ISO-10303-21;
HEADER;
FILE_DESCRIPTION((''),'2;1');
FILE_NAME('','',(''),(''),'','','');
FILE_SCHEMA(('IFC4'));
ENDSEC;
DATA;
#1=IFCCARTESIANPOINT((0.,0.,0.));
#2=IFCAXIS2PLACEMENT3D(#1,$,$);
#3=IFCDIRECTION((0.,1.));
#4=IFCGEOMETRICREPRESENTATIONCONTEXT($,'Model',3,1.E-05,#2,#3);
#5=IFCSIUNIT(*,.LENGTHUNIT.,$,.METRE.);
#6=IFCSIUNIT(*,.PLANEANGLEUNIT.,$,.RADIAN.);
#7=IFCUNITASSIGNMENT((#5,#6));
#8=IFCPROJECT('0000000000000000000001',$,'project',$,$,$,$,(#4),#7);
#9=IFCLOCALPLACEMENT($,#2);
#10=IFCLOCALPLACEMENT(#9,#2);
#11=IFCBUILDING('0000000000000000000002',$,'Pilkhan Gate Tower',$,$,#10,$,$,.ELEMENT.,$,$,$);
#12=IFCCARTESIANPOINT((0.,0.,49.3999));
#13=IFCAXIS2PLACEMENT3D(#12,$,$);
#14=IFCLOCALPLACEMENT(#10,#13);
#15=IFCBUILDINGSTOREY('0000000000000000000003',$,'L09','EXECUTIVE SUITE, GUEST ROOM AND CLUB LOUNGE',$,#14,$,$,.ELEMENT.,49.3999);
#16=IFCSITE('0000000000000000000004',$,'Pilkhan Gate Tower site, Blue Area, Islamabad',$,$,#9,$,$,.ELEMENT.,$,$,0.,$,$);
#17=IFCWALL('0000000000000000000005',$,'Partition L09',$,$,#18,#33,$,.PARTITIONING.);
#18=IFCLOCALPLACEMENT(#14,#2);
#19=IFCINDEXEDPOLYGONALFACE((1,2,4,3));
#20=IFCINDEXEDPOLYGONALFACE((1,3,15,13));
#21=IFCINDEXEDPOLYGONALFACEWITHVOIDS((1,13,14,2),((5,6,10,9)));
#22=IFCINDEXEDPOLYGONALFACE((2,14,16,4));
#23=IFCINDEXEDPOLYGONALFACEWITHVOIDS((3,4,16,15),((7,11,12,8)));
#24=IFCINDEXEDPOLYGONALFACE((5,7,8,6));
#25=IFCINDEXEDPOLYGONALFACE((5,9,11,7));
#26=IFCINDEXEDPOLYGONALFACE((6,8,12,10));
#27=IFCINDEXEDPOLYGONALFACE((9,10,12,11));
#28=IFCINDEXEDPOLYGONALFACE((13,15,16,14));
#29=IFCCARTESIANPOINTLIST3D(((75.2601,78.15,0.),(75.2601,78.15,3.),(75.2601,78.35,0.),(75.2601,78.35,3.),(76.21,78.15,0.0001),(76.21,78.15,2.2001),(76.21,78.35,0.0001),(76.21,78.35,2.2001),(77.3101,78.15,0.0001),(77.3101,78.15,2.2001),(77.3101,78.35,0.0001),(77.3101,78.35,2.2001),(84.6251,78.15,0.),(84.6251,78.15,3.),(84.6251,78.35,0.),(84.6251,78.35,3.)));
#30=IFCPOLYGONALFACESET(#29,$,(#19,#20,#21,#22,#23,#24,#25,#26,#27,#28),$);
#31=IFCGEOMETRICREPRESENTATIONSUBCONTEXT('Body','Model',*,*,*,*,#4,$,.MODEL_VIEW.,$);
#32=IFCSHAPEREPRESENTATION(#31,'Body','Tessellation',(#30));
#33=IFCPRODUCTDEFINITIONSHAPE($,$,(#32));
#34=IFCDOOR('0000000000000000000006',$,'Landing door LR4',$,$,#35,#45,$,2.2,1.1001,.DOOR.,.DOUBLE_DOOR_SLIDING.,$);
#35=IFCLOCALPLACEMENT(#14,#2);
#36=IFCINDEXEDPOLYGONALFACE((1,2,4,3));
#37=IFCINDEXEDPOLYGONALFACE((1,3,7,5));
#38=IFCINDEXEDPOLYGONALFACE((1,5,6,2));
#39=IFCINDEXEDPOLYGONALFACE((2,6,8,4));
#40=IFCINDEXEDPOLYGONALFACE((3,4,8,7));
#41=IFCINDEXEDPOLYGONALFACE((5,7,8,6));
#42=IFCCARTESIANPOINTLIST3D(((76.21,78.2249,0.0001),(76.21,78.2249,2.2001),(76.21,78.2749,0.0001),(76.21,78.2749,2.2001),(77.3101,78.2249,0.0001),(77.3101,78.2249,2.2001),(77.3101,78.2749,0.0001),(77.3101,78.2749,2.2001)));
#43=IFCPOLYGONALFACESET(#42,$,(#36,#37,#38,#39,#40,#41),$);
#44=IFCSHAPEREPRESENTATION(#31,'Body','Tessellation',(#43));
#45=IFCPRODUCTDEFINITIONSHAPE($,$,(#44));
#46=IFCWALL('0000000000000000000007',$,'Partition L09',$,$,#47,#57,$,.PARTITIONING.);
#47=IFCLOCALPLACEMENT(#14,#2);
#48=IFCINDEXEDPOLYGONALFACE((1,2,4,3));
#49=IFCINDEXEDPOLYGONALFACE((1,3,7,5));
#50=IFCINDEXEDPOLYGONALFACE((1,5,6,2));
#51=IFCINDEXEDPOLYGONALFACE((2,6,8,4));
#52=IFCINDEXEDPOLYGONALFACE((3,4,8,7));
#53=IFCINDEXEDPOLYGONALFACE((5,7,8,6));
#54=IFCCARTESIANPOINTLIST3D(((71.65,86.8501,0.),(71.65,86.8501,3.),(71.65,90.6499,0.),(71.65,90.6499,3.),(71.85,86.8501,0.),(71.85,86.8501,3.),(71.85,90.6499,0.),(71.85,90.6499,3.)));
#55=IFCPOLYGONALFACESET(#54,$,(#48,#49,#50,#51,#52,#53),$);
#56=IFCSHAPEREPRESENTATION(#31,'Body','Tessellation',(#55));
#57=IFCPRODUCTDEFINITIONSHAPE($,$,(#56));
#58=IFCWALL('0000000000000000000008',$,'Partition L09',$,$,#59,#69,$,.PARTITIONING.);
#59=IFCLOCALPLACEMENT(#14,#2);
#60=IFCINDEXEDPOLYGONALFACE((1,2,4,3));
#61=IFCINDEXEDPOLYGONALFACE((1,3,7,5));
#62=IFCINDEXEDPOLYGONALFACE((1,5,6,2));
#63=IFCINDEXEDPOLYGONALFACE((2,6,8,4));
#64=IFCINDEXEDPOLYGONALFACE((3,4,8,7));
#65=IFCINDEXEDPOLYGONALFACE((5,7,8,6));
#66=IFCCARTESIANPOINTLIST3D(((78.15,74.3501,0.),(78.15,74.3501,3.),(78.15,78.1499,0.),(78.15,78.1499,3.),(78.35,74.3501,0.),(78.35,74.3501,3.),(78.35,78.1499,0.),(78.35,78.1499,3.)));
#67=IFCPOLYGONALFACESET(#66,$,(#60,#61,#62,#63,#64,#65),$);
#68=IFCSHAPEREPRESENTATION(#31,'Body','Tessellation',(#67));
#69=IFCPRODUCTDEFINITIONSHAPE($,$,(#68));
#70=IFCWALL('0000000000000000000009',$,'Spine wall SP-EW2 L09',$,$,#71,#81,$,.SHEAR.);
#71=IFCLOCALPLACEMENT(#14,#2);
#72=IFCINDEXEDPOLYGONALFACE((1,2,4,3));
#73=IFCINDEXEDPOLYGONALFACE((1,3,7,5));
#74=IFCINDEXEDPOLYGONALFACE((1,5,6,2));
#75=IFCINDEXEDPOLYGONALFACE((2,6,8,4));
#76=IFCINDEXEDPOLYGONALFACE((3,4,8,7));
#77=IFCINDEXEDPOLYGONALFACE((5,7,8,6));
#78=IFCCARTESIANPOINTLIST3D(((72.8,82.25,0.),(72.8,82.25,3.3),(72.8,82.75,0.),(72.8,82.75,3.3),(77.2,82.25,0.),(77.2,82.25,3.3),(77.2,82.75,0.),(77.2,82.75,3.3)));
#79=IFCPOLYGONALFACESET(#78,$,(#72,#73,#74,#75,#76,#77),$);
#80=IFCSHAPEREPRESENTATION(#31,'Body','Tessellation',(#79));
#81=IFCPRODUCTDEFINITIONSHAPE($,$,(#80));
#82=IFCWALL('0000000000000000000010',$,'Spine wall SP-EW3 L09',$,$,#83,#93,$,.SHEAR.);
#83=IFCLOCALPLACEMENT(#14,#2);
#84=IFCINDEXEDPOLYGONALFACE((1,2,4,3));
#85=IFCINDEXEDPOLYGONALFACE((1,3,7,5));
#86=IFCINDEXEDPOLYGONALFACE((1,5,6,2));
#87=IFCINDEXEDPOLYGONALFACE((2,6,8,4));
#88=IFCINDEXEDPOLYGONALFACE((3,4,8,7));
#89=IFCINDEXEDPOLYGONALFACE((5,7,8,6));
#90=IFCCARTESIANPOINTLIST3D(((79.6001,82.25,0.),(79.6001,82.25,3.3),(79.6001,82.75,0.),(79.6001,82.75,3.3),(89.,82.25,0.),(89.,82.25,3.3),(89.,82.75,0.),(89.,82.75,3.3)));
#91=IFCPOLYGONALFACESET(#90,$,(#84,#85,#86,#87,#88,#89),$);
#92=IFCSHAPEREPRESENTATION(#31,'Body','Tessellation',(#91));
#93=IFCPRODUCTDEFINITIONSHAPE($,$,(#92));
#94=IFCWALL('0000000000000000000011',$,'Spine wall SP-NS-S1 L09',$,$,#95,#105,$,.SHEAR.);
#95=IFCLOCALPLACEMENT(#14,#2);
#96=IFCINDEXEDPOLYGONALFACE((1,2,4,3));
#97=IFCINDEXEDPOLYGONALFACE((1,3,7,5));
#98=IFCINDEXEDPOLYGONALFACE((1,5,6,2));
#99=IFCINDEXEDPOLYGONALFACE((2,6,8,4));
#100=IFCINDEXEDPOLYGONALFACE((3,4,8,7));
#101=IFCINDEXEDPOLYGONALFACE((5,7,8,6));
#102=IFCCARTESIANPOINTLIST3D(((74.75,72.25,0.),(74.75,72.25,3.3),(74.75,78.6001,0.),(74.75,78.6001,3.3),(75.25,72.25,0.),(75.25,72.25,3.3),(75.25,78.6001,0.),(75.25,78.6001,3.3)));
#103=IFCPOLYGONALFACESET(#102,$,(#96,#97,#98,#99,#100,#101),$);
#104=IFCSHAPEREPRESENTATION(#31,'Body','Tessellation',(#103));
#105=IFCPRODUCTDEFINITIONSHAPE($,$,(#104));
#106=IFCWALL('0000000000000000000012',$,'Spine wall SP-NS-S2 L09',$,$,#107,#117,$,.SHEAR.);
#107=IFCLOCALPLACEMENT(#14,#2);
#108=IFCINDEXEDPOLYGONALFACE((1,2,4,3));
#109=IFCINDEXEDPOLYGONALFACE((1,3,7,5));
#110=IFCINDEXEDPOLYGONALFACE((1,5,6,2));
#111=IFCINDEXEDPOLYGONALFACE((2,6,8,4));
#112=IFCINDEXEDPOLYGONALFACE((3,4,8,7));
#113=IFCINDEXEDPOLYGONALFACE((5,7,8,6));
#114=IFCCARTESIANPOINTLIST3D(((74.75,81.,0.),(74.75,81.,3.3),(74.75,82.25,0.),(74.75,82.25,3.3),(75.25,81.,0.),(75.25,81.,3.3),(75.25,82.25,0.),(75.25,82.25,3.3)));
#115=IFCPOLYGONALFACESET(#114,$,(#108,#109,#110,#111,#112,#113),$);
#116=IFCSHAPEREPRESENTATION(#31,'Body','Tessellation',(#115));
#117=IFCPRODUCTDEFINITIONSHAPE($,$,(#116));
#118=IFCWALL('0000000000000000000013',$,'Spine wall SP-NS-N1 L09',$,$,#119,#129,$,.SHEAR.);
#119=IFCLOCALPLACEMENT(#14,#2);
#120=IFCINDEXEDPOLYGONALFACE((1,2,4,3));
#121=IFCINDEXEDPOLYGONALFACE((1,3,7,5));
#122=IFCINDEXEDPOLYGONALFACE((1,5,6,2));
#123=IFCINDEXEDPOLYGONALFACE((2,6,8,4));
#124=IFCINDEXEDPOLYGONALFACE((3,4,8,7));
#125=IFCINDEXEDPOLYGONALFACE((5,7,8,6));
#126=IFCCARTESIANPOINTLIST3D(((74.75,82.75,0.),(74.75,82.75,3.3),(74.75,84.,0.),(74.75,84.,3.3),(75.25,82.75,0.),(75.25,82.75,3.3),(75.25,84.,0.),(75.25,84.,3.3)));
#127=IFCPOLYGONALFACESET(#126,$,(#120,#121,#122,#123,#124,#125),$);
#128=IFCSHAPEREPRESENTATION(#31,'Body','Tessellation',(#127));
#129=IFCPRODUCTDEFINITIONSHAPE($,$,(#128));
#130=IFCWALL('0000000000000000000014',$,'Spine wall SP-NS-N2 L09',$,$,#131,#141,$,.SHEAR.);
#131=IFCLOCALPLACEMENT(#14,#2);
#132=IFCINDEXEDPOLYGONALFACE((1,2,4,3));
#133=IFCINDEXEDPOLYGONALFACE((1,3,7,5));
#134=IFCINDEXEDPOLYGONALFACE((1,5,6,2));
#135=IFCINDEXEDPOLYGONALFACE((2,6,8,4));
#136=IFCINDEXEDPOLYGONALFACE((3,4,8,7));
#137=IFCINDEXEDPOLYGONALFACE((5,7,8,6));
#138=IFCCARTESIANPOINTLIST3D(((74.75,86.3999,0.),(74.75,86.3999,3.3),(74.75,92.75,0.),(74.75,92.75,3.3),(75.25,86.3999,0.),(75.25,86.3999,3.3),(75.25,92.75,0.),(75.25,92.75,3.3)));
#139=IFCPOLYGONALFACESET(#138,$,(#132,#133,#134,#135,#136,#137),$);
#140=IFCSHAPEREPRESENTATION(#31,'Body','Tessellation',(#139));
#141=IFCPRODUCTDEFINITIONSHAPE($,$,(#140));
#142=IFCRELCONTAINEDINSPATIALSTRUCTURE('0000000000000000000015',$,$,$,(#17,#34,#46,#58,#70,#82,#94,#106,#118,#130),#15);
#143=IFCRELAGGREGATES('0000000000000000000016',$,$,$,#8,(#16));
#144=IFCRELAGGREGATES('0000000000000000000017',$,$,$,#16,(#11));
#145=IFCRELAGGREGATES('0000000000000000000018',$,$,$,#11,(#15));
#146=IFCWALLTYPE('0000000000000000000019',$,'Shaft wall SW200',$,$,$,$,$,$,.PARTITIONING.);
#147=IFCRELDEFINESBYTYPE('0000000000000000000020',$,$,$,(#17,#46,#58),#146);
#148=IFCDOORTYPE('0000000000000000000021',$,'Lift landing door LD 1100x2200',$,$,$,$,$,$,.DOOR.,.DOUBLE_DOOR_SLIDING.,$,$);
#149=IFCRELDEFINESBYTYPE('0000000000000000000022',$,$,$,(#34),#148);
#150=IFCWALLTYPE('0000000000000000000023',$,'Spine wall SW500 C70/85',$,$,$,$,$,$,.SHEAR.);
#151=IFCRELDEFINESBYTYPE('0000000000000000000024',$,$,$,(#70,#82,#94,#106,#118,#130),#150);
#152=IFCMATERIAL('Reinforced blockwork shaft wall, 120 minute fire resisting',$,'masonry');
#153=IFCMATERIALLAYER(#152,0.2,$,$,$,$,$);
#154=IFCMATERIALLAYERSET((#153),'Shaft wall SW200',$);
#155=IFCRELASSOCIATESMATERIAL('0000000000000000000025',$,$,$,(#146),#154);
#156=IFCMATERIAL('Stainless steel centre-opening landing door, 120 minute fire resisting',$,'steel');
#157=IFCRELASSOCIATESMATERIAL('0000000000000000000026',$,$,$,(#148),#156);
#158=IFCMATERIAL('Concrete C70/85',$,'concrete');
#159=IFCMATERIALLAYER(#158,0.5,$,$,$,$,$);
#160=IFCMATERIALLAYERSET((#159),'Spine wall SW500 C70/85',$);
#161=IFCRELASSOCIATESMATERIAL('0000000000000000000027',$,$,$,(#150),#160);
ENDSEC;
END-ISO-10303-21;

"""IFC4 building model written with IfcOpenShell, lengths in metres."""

from ifc_helpers import new_model, si_unit, direction, frame, frame_2d, origin, place, context, subcontext, project, spatial, rectangle, extrude, material, layer, layer_set, type_object, element, fill, save


model = new_model("IFC4")

# Units and contexts
model_context = context("Model", 3, precision=1e-05, world=origin(), true_north=direction((0.0, 1.0)))
body_context = subcontext(model_context, "Body", "Model", "MODEL_VIEW")
ifc_project = project(units=[si_unit("LENGTHUNIT", "METRE"), si_unit("PLANEANGLEUNIT", "RADIAN")], contexts=[model_context])

# Site, building, storey
site_placement = place(None, origin())
site = spatial("IfcSite", under=ifc_project, at=site_placement, Name="Pilkhan Gate Tower site, Blue Area, Islamabad", CompositionType="ELEMENT", RefElevation=0.0)
building_placement = place(site_placement, origin())
building = spatial("IfcBuilding", under=site, at=building_placement, Name="Pilkhan Gate Tower", CompositionType="ELEMENT")
storey_placement = place(building_placement, frame((0.0, 0.0, 49.3999)))
storey = spatial("IfcBuildingStorey", under=building, at=storey_placement, Name="L09", Description="EXECUTIVE SUITE, GUEST ROOM AND CLUB LOUNGE", CompositionType="ELEMENT", Elevation=49.3999)

# Shared definitions
ifc_material_1 = material(Name="Concrete C70/85", Category="concrete")

# Shared definitions
ifc_material_2 = material(Name="Reinforced blockwork shaft wall, 120 minute fire resisting", Category="masonry")
ifc_layer_1 = layer(ifc_material_2, 0.2)
ifc_layer_set_1 = layer_set([ifc_layer_1], Name="Shaft wall SW200")
wall_type_1 = type_object("IfcWallType", Name="Shaft wall SW200", PredefinedType="PARTITIONING", material=ifc_layer_set_1)

# Wall, opening, door
wall_1_placement = place(storey_placement, frame((75.26, 78.25, 0.0), z_axis=(0.0, 0.0, 1.0), x_axis=(1.0, 0.0, 0.0)))
wall_1 = element("IfcWall", 1, at=wall_1_placement, inside=storey, type_object=wall_type_1, Name="Partition L09", PredefinedType="PARTITIONING", context=body_context, shape_type="SweptSolid", body=[
    extrude(rectangle(XDim=9.365, YDim=0.2, at=frame_2d((4.6826, 0.0))), origin(), (0.0, 0.0, 1.0), 3.0),
])
opening_1_placement = place(wall_1_placement, frame((0.95, 0.0, 0.0)))
opening_1 = element("IfcOpeningElement", 2, at=opening_1_placement, cuts=wall_1, PredefinedType="OPENING", context=body_context, shape_type="SweptSolid", body=[
    extrude(rectangle(XDim=1.1001, YDim=2.2, at=frame_2d((0.55, 1.1001))), frame((0.0, 0.1099, 0.0), z_axis=(0.0, -1.0, 0.0), x_axis=(1.0, 0.0, 0.0)), (0.0, 0.0, 1.0), 0.22),
])
ifc_material_3 = material(Name="Stainless steel centre-opening landing door, 120 minute fire resisting", Category="steel")
door_type_1 = type_object("IfcDoorType", Name="Lift landing door LD 1100x2200", OperationType="DOUBLE_DOOR_SLIDING", PredefinedType="DOOR", material=ifc_material_3)
door_1_placement = place(opening_1_placement, origin())
door_1 = element("IfcDoor", 3, at=door_1_placement, inside=storey, type_object=door_type_1, Name="Landing door LR4", OperationType="DOUBLE_DOOR_SLIDING", OverallHeight=2.2, OverallWidth=1.1001, PredefinedType="DOOR", context=body_context, shape_type="SweptSolid", body=[
    extrude(rectangle(XDim=1.1001, YDim=2.2, at=frame_2d((0.55, 1.1001))), frame((0.0, 0.0249, 0.0), z_axis=(0.0, -1.0, 0.0), x_axis=(1.0, 0.0, 0.0)), (0.0, 0.0, 1.0), 0.05),
])
fill(opening_1, door_1)

# Walls
for number, where, z_axis, x_axis, name in (
    (4, (71.75, 86.8501, 0.0), (0.0, 0.0, 1.0), (0.0, 1.0, 0.0), "Partition L09"),
    (5, (78.25, 74.3501, 0.0), (0.0, 0.0, 1.0), (0.0, 1.0, 0.0), "Partition L09"),
):
    element("IfcWall", number, at=place(storey_placement, frame(where, z_axis=z_axis, x_axis=x_axis)), inside=storey, type_object=wall_type_1, Name=name, PredefinedType="PARTITIONING", context=body_context, shape_type="SweptSolid", body=[
        extrude(rectangle(XDim=3.7998, YDim=0.2, at=frame_2d((1.8999, 0.0))), origin(), (0.0, 0.0, 1.0), 3.0),
    ])
ifc_layer_2 = layer(ifc_material_1, 0.5)
ifc_layer_set_2 = layer_set([ifc_layer_2], Name="Spine wall SW500 C70/85")
wall_type_2 = type_object("IfcWallType", Name="Spine wall SW500 C70/85", PredefinedType="SHEAR", material=ifc_layer_set_2)
wall_2_placement = place(storey_placement, frame((72.8, 82.5, 0.0), z_axis=(0.0, 0.0, 1.0), x_axis=(1.0, 0.0, 0.0)))
element("IfcWall", 6, at=wall_2_placement, inside=storey, type_object=wall_type_2, Name="Spine wall SP-EW2 L09", PredefinedType="SHEAR", context=body_context, shape_type="SweptSolid", body=[
    extrude(rectangle(XDim=4.3999, YDim=0.5, at=frame_2d((2.2, 0.0))), origin(), (0.0, 0.0, 1.0), 3.3),
])
wall_3_placement = place(storey_placement, frame((79.6001, 82.5, 0.0), z_axis=(0.0, 0.0, 1.0), x_axis=(1.0, 0.0, 0.0)))
element("IfcWall", 7, at=wall_3_placement, inside=storey, type_object=wall_type_2, Name="Spine wall SP-EW3 L09", PredefinedType="SHEAR", context=body_context, shape_type="SweptSolid", body=[
    extrude(rectangle(XDim=9.3999, YDim=0.5, at=frame_2d((4.7, 0.0))), origin(), (0.0, 0.0, 1.0), 3.3),
])
wall_4_placement = place(storey_placement, frame((75.0, 72.25, 0.0), z_axis=(0.0, 0.0, 1.0), x_axis=(0.0, 1.0, 0.0)))
element("IfcWall", 8, at=wall_4_placement, inside=storey, type_object=wall_type_2, Name="Spine wall SP-NS-S1 L09", PredefinedType="SHEAR", context=body_context, shape_type="SweptSolid", body=[
    extrude(rectangle(XDim=6.3501, YDim=0.5, at=frame_2d((3.175, 0.0))), origin(), (0.0, 0.0, 1.0), 3.3),
])
for number, where, z_axis, x_axis, name in (
    (9, (75.0, 81.0, 0.0), (0.0, 0.0, 1.0), (0.0, 1.0, 0.0), "Spine wall SP-NS-S2 L09"),
    (10, (75.0, 82.75, 0.0), (0.0, 0.0, 1.0), (0.0, 1.0, 0.0), "Spine wall SP-NS-N1 L09"),
):
    element("IfcWall", number, at=place(storey_placement, frame(where, z_axis=z_axis, x_axis=x_axis)), inside=storey, type_object=wall_type_2, Name=name, PredefinedType="SHEAR", context=body_context, shape_type="SweptSolid", body=[
        extrude(rectangle(XDim=1.25, YDim=0.5, at=frame_2d((0.625, 0.0))), origin(), (0.0, 0.0, 1.0), 3.3),
    ])
wall_5_placement = place(storey_placement, frame((75.0, 86.3999, 0.0), z_axis=(0.0, 0.0, 1.0), x_axis=(0.0, 1.0, 0.0)))
element("IfcWall", 11, at=wall_5_placement, inside=storey, type_object=wall_type_2, Name="Spine wall SP-NS-N2 L09", PredefinedType="SHEAR", context=body_context, shape_type="SweptSolid", body=[
    extrude(rectangle(XDim=6.3501, YDim=0.5, at=frame_2d((3.175, 0.0))), origin(), (0.0, 0.0, 1.0), 3.3),
])

save(model, "model.ifc")
